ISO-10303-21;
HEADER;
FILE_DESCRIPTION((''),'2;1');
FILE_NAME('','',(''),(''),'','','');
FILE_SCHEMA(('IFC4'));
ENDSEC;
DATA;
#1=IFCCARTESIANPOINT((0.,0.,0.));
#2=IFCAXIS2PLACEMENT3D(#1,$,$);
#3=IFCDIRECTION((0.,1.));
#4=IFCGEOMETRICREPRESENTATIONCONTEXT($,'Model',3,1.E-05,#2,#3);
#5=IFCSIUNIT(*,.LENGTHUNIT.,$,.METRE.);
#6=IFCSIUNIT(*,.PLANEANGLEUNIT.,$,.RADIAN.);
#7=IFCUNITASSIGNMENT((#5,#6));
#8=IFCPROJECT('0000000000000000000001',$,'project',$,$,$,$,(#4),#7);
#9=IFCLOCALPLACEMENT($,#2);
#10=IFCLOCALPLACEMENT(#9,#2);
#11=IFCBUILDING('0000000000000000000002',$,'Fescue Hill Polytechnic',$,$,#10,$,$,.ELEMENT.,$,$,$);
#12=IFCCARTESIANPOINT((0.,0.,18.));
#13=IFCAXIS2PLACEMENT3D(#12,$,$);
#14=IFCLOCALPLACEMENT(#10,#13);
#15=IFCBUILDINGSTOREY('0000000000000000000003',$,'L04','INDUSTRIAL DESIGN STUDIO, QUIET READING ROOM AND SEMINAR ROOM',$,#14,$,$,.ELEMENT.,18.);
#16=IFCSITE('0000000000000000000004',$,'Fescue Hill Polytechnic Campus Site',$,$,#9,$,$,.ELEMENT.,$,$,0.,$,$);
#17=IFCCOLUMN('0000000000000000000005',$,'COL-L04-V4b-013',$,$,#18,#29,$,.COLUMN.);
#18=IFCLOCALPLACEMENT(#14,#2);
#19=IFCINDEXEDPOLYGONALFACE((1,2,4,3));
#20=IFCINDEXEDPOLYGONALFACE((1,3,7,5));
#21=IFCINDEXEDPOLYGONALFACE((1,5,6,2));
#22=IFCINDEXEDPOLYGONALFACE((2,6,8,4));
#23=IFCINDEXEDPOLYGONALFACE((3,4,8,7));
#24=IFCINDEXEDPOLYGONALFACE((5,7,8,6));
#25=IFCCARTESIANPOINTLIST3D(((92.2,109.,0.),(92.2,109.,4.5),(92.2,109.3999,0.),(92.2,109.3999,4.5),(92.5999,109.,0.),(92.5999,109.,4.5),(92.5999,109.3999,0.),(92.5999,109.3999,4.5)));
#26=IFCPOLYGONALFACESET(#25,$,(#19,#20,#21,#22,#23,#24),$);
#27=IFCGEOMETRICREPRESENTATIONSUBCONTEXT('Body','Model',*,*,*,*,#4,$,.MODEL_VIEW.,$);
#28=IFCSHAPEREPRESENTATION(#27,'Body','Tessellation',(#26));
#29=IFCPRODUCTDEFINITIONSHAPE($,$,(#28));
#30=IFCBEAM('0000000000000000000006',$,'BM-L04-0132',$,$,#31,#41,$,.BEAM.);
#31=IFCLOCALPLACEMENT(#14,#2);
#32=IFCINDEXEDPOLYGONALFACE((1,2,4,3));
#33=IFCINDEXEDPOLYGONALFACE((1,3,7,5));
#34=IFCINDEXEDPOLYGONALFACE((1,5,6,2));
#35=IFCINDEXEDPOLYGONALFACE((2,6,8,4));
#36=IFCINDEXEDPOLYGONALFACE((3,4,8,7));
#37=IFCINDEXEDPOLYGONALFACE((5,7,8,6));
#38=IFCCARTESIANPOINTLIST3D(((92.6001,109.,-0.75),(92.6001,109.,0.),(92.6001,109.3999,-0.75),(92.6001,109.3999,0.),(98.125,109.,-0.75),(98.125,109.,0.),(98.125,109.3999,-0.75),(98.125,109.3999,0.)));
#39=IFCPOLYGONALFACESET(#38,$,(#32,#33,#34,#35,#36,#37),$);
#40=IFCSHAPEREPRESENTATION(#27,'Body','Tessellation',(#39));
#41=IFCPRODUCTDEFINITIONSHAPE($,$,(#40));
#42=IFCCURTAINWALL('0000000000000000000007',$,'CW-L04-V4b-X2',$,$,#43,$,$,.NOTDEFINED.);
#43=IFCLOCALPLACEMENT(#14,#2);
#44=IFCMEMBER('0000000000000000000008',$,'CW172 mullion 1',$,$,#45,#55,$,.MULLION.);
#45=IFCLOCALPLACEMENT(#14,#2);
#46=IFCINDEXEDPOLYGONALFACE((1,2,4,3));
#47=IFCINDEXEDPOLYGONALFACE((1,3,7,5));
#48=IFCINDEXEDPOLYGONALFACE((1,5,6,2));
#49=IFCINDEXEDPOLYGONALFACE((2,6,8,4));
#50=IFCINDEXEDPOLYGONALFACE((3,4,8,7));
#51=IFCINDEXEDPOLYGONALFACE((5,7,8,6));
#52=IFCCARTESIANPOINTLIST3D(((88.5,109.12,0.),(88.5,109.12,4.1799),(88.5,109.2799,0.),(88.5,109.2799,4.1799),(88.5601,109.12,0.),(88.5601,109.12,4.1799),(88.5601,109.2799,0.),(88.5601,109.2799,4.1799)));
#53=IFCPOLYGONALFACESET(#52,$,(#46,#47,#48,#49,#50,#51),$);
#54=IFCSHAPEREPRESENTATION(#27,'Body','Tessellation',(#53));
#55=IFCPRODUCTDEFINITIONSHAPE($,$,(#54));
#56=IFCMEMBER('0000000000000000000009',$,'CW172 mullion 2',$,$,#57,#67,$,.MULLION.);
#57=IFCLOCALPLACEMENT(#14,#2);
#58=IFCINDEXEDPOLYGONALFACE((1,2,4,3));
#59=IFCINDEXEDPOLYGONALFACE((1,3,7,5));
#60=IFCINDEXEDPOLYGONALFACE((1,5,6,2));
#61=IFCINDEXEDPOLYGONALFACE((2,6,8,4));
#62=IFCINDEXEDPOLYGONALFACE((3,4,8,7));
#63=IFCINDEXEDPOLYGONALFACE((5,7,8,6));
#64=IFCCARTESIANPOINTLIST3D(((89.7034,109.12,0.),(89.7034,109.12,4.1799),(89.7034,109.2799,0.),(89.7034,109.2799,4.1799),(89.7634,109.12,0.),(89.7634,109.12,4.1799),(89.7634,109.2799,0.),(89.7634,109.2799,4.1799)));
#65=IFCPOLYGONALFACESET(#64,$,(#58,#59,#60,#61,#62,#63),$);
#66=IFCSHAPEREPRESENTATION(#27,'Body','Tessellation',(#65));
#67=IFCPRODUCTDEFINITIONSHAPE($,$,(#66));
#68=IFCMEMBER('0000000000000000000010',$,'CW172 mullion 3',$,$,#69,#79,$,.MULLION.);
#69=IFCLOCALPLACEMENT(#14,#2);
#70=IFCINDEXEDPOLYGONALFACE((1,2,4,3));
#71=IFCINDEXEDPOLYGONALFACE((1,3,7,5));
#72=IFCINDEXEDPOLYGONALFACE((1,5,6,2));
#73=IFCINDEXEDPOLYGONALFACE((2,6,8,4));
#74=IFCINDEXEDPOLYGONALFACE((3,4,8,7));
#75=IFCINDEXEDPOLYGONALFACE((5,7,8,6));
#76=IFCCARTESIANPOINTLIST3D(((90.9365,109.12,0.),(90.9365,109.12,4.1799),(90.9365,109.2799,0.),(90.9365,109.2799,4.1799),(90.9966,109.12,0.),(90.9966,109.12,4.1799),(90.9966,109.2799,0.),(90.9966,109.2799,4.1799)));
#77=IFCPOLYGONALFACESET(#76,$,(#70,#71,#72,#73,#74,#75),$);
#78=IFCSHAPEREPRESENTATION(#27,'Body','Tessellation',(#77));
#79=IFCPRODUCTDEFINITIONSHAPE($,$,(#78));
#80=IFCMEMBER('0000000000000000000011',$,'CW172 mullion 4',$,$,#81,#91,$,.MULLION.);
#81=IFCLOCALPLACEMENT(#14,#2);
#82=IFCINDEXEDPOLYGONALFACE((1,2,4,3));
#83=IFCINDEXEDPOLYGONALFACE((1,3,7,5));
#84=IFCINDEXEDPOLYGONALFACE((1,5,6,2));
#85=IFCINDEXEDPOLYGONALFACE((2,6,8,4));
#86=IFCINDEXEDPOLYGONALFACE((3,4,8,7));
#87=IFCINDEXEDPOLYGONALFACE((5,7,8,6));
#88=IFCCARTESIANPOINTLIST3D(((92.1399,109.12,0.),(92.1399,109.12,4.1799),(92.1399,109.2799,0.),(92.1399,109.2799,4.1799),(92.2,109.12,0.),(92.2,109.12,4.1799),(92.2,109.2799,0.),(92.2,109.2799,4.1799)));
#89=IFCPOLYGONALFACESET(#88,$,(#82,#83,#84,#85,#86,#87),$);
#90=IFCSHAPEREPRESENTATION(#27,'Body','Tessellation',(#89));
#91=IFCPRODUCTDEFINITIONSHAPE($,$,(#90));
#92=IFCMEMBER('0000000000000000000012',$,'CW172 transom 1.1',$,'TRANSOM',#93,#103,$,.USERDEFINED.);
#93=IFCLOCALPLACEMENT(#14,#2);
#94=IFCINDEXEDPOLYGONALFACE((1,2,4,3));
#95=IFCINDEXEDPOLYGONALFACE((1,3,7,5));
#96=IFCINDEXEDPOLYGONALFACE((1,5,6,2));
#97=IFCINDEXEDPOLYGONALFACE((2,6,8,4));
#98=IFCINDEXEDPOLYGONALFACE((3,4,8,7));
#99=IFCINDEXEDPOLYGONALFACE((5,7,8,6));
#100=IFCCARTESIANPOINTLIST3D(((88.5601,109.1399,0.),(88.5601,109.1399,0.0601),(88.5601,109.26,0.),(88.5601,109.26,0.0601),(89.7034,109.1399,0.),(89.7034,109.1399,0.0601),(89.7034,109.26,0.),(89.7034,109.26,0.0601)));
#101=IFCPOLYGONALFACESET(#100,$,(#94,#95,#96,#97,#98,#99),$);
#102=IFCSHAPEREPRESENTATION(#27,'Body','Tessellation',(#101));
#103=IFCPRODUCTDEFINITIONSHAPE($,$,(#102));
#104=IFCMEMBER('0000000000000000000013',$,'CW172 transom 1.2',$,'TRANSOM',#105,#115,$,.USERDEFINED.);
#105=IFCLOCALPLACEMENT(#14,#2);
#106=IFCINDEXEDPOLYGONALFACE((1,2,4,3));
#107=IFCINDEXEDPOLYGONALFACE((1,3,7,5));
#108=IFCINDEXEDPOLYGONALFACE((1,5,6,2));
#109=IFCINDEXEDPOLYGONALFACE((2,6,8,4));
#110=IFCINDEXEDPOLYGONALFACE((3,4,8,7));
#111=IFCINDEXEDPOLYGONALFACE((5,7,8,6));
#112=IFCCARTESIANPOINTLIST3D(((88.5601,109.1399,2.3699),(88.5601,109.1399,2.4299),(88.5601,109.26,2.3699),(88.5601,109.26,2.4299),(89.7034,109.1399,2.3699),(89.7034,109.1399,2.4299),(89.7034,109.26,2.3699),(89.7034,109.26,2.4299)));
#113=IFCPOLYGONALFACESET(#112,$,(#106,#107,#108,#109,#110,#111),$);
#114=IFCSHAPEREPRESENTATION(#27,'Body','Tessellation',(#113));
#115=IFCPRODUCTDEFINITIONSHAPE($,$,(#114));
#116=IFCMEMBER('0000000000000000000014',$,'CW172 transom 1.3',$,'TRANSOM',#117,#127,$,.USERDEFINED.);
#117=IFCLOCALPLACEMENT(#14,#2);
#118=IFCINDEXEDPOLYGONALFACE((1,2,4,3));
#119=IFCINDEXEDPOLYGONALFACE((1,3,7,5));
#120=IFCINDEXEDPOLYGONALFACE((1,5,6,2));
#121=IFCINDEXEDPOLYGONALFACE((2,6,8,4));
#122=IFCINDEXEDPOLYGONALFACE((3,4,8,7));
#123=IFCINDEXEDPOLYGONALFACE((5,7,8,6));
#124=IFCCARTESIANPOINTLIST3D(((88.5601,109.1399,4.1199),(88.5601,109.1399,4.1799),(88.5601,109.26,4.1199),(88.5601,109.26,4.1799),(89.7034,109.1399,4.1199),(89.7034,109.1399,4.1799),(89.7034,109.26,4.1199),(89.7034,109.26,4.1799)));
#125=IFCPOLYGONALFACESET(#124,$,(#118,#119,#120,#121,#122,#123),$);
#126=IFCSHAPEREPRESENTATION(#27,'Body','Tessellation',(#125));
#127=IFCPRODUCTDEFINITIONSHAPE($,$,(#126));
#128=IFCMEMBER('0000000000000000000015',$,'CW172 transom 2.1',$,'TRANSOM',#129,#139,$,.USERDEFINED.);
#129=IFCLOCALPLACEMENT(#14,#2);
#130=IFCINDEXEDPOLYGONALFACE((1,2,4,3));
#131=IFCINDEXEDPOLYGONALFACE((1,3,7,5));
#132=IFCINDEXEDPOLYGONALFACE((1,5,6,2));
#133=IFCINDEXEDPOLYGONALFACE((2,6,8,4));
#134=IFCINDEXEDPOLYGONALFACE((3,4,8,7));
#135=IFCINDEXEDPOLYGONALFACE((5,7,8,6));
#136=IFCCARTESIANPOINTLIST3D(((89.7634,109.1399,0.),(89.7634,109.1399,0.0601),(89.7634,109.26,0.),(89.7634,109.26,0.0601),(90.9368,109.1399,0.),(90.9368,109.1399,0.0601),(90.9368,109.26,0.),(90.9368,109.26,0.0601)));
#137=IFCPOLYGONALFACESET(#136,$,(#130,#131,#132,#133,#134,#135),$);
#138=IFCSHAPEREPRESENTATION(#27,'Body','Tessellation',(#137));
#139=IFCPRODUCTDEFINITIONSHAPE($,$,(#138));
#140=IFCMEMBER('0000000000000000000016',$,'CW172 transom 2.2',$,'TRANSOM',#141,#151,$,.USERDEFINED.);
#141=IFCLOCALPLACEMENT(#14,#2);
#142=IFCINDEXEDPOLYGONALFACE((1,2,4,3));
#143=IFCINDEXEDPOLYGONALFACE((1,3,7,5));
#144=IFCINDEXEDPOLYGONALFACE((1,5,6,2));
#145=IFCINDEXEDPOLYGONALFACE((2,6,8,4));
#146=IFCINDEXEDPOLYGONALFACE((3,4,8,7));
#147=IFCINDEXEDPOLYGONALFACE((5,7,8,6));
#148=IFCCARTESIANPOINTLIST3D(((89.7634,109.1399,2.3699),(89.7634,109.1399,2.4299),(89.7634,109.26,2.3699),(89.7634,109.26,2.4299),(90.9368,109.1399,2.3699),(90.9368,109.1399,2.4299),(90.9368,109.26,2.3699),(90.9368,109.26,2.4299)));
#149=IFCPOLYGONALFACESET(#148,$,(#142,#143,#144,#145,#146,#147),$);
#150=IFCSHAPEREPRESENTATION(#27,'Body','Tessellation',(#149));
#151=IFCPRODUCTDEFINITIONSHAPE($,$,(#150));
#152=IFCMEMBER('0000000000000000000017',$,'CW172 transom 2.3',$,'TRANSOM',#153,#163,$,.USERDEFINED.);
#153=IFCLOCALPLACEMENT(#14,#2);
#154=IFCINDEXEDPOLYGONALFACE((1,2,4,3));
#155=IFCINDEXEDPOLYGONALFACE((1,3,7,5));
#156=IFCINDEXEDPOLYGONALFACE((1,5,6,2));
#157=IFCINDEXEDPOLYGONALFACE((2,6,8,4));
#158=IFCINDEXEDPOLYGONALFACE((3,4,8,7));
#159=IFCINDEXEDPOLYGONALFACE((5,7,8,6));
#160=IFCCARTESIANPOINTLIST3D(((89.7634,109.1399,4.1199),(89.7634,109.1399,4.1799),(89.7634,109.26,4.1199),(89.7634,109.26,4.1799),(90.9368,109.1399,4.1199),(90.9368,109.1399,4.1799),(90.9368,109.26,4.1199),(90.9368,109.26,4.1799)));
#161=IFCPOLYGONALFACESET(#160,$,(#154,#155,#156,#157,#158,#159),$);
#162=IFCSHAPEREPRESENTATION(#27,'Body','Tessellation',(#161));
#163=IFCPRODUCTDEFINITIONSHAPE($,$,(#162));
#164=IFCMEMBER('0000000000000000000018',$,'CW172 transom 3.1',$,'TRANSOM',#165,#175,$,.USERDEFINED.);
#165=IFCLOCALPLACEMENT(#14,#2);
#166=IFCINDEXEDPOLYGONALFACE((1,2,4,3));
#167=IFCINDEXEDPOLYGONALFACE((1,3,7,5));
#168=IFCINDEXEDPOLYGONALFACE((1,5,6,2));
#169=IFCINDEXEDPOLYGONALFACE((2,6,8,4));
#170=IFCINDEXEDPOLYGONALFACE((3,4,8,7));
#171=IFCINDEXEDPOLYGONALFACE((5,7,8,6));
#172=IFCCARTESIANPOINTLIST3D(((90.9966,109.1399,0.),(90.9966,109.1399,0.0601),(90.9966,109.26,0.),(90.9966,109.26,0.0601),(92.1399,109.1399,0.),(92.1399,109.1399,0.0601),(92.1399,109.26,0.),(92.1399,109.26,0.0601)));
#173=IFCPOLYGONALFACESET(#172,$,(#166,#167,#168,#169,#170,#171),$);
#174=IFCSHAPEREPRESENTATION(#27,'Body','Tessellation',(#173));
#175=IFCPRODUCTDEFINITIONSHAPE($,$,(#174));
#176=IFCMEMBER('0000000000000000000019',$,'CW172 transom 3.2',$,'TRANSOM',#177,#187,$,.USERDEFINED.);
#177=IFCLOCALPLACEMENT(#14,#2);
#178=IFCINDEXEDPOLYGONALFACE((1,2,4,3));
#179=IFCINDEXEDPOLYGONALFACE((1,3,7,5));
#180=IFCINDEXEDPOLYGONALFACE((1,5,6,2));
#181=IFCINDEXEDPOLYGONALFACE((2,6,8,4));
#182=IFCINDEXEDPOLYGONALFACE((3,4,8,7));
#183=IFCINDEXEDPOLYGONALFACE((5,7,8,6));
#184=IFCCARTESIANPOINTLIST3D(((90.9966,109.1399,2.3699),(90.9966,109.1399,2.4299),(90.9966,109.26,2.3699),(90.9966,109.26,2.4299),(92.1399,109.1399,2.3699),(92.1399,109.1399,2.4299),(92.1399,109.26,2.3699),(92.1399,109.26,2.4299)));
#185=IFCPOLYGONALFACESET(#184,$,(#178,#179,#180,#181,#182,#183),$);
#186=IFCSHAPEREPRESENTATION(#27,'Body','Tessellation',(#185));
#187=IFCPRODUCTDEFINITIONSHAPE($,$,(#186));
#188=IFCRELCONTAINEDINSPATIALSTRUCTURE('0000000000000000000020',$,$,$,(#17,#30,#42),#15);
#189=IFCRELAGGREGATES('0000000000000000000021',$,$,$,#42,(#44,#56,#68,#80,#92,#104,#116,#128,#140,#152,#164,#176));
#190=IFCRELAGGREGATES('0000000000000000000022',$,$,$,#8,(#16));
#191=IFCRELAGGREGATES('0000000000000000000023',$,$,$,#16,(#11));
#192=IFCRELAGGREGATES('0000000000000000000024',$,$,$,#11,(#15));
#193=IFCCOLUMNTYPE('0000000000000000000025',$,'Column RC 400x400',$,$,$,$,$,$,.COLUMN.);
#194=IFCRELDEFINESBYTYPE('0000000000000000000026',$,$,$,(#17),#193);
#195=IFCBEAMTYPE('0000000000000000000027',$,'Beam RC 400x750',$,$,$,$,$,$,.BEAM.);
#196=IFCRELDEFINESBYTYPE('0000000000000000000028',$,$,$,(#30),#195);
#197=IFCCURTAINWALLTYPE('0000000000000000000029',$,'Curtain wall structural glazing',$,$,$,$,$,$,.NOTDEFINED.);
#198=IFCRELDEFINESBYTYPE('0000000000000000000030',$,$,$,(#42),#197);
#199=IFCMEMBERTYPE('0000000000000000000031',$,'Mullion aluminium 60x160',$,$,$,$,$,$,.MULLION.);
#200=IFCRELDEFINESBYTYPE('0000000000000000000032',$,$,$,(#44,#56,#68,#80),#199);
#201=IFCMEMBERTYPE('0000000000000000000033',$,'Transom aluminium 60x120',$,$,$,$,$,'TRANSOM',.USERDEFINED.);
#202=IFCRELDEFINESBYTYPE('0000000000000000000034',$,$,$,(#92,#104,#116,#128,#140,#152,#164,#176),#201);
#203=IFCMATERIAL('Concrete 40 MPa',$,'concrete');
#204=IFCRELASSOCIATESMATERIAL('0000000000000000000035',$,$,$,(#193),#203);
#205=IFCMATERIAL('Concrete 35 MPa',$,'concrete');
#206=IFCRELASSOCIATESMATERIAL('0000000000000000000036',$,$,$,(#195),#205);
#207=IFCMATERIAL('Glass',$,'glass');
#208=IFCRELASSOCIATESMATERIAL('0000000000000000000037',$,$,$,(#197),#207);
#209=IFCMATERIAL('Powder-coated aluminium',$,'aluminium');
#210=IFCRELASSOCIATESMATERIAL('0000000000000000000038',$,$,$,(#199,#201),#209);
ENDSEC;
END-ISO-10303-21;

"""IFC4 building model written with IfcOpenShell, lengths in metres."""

from ifc_helpers import new_model, si_unit, direction, frame, origin, origin_2d, place, context, subcontext, project, spatial, rectangle, extrude, material, material_profile, profile_set, type_object, element, aggregate, save


model = new_model("IFC4")

# Units and contexts
model_context = context("Model", 3, precision=1e-05, world=origin(), true_north=direction((0.0, 1.0)))
body_context = subcontext(model_context, "Body", "Model", "MODEL_VIEW")
ifc_project = project(units=[si_unit("LENGTHUNIT", "METRE"), si_unit("PLANEANGLEUNIT", "RADIAN")], contexts=[model_context])

# Site, building, storey
site_placement = place(None, origin())
site = spatial("IfcSite", under=ifc_project, at=site_placement, Name="Fescue Hill Polytechnic Campus Site", CompositionType="ELEMENT", RefElevation=0.0)
building_placement = place(site_placement, origin())
building = spatial("IfcBuilding", under=site, at=building_placement, Name="Fescue Hill Polytechnic", CompositionType="ELEMENT")
storey_placement = place(building_placement, frame((0.0, 0.0, 18.0)))
storey = spatial("IfcBuildingStorey", under=building, at=storey_placement, Name="L04", Description="INDUSTRIAL DESIGN STUDIO, QUIET READING ROOM AND SEMINAR ROOM", CompositionType="ELEMENT", Elevation=18.0)

# Column
ifc_material_1 = material(Name="Concrete 40 MPa", Category="concrete")
ifc_material_profile_1 = material_profile(ifc_material_1, rectangle(XDim=0.3999, YDim=0.3999, at=origin_2d()), Name="RC 400x400")
ifc_profile_set_1 = profile_set([ifc_material_profile_1], Name="Concrete 40 MPa")
column_type = type_object("IfcColumnType", Name="Column RC 400x400", PredefinedType="COLUMN", material=ifc_profile_set_1)
column_placement = place(storey_placement, frame((92.3999, 109.2, 0.0), z_axis=(0.0, 0.0, 1.0), x_axis=(1.0, 0.0, 0.0)))
element("IfcColumn", 1, at=column_placement, inside=storey, type_object=column_type, Name="COL-L04-V4b-013", PredefinedType="COLUMN", context=body_context, shape_type="SweptSolid", body=[
    extrude(rectangle(XDim=0.3999, YDim=0.3999, at=origin_2d()), origin(), (0.0, 0.0, 1.0), 4.5),
])

# Beam
ifc_material_2 = material(Name="Concrete 35 MPa", Category="concrete")
ifc_material_profile_2 = material_profile(ifc_material_2, rectangle(XDim=0.3999, YDim=0.75, at=origin_2d()), Name="RC 400x750")
ifc_profile_set_2 = profile_set([ifc_material_profile_2], Name="Concrete 35 MPa")
beam_type = type_object("IfcBeamType", Name="Beam RC 400x750", PredefinedType="BEAM", material=ifc_profile_set_2)
beam_placement = place(storey_placement, frame((92.6001, 109.2, -0.375), z_axis=(1.0, 0.0, 0.0), x_axis=(0.0, 1.0, 0.0)))
element("IfcBeam", 2, at=beam_placement, inside=storey, type_object=beam_type, Name="BM-L04-0132", PredefinedType="BEAM", context=body_context, shape_type="SweptSolid", body=[
    extrude(rectangle(XDim=0.3999, YDim=0.75, at=origin_2d()), origin(), (0.0, 0.0, 1.0), 5.5249),
])

# Curtain wall, members
ifc_material_3 = material(Name="Glass", Category="glass")
curtain_wall_type = type_object("IfcCurtainWallType", Name="Curtain wall structural glazing", PredefinedType="NOTDEFINED", material=ifc_material_3)
curtain_wall_placement = place(storey_placement, origin())
curtain_wall = element("IfcCurtainWall", 3, at=curtain_wall_placement, inside=storey, type_object=curtain_wall_type, Name="CW-L04-V4b-X2", PredefinedType="NOTDEFINED")
ifc_material_4 = material(Name="Powder-coated aluminium", Category="aluminium")
ifc_material_profile_3 = material_profile(ifc_material_4, rectangle(XDim=0.1599, YDim=0.0601, at=origin_2d()), Name="Mullion aluminium 60x160")
ifc_profile_set_3 = profile_set([ifc_material_profile_3], Name="Powder-coated aluminium")
member_type_1 = type_object("IfcMemberType", Name="Mullion aluminium 60x160", PredefinedType="MULLION", material=ifc_profile_set_3)
member_1_placement = place(storey_placement, frame((88.53, 109.2, 0.0), z_axis=(0.0, 0.0, 1.0), x_axis=(0.0, 1.0, 0.0)))
member_1 = element("IfcMember", 4, at=member_1_placement, type_object=member_type_1, Name="CW172 mullion 1", PredefinedType="MULLION", context=body_context, shape_type="SweptSolid", body=[
    extrude(rectangle(XDim=0.1599, YDim=0.0601, at=origin_2d()), origin(), (0.0, 0.0, 1.0), 4.1799),
])
member_2_placement = place(storey_placement, frame((89.7334, 109.2, 0.0), z_axis=(0.0, 0.0, 1.0), x_axis=(0.0, 1.0, 0.0)))
member_2 = element("IfcMember", 5, at=member_2_placement, type_object=member_type_1, Name="CW172 mullion 2", PredefinedType="MULLION", context=body_context, shape_type="SweptSolid", body=[
    extrude(rectangle(XDim=0.1599, YDim=0.0601, at=origin_2d()), origin(), (0.0, 0.0, 1.0), 4.1799),
])
member_3_placement = place(storey_placement, frame((90.9666, 109.2, 0.0), z_axis=(0.0, 0.0, 1.0), x_axis=(0.0, 1.0, 0.0)))
member_3 = element("IfcMember", 6, at=member_3_placement, type_object=member_type_1, Name="CW172 mullion 3", PredefinedType="MULLION", context=body_context, shape_type="SweptSolid", body=[
    extrude(rectangle(XDim=0.1599, YDim=0.0601, at=origin_2d()), origin(), (0.0, 0.0, 1.0), 4.1799),
])
member_4_placement = place(storey_placement, frame((92.1699, 109.2, 0.0), z_axis=(0.0, 0.0, 1.0), x_axis=(0.0, 1.0, 0.0)))
member_4 = element("IfcMember", 7, at=member_4_placement, type_object=member_type_1, Name="CW172 mullion 4", PredefinedType="MULLION", context=body_context, shape_type="SweptSolid", body=[
    extrude(rectangle(XDim=0.1599, YDim=0.0601, at=origin_2d()), origin(), (0.0, 0.0, 1.0), 4.1799),
])
ifc_material_profile_4 = material_profile(ifc_material_4, rectangle(XDim=0.1201, YDim=0.0601, at=origin_2d()), Name="Transom aluminium 60x120")
ifc_profile_set_4 = profile_set([ifc_material_profile_4], Name="Powder-coated aluminium")
member_type_2 = type_object("IfcMemberType", Name="Transom aluminium 60x120", ElementType="TRANSOM", PredefinedType="USERDEFINED", material=ifc_profile_set_4)
member_5_placement = place(storey_placement, frame((88.5601, 109.2, 0.03), z_axis=(1.0, 0.0, 0.0), x_axis=(0.0, 1.0, 0.0)))
member_5 = element("IfcMember", 8, at=member_5_placement, type_object=member_type_2, Name="CW172 transom 1.1", ObjectType="TRANSOM", PredefinedType="USERDEFINED", context=body_context, shape_type="SweptSolid", body=[
    extrude(rectangle(XDim=0.1201, YDim=0.0601, at=origin_2d()), origin(), (0.0, 0.0, 1.0), 1.1433),
])
member_6_placement = place(storey_placement, frame((88.5601, 109.2, 2.3999), z_axis=(1.0, 0.0, 0.0), x_axis=(0.0, 1.0, 0.0)))
member_6 = element("IfcMember", 9, at=member_6_placement, type_object=member_type_2, Name="CW172 transom 1.2", ObjectType="TRANSOM", PredefinedType="USERDEFINED", context=body_context, shape_type="SweptSolid", body=[
    extrude(rectangle(XDim=0.1201, YDim=0.0601, at=origin_2d()), origin(), (0.0, 0.0, 1.0), 1.1433),
])
member_7_placement = place(storey_placement, frame((88.5601, 109.2, 4.1499), z_axis=(1.0, 0.0, 0.0), x_axis=(0.0, 1.0, 0.0)))
member_7 = element("IfcMember", 10, at=member_7_placement, type_object=member_type_2, Name="CW172 transom 1.3", ObjectType="TRANSOM", PredefinedType="USERDEFINED", context=body_context, shape_type="SweptSolid", body=[
    extrude(rectangle(XDim=0.1201, YDim=0.0601, at=origin_2d()), origin(), (0.0, 0.0, 1.0), 1.1433),
])
member_8_placement = place(storey_placement, frame((89.7634, 109.2, 0.03), z_axis=(1.0, 0.0, 0.0), x_axis=(0.0, 1.0, 0.0)))
member_8 = element("IfcMember", 11, at=member_8_placement, type_object=member_type_2, Name="CW172 transom 2.1", ObjectType="TRANSOM", PredefinedType="USERDEFINED", context=body_context, shape_type="SweptSolid", body=[
    extrude(rectangle(XDim=0.1201, YDim=0.0601, at=origin_2d()), origin(), (0.0, 0.0, 1.0), 1.1733),
])
member_9_placement = place(storey_placement, frame((89.7634, 109.2, 2.3999), z_axis=(1.0, 0.0, 0.0), x_axis=(0.0, 1.0, 0.0)))
member_9 = element("IfcMember", 12, at=member_9_placement, type_object=member_type_2, Name="CW172 transom 2.2", ObjectType="TRANSOM", PredefinedType="USERDEFINED", context=body_context, shape_type="SweptSolid", body=[
    extrude(rectangle(XDim=0.1201, YDim=0.0601, at=origin_2d()), origin(), (0.0, 0.0, 1.0), 1.1733),
])
member_10_placement = place(storey_placement, frame((89.7634, 109.2, 4.1499), z_axis=(1.0, 0.0, 0.0), x_axis=(0.0, 1.0, 0.0)))
member_10 = element("IfcMember", 13, at=member_10_placement, type_object=member_type_2, Name="CW172 transom 2.3", ObjectType="TRANSOM", PredefinedType="USERDEFINED", context=body_context, shape_type="SweptSolid", body=[
    extrude(rectangle(XDim=0.1201, YDim=0.0601, at=origin_2d()), origin(), (0.0, 0.0, 1.0), 1.1733),
])
member_11_placement = place(storey_placement, frame((90.9966, 109.2, 0.03), z_axis=(1.0, 0.0, 0.0), x_axis=(0.0, 1.0, 0.0)))
member_11 = element("IfcMember", 14, at=member_11_placement, type_object=member_type_2, Name="CW172 transom 3.1", ObjectType="TRANSOM", PredefinedType="USERDEFINED", context=body_context, shape_type="SweptSolid", body=[
    extrude(rectangle(XDim=0.1201, YDim=0.0601, at=origin_2d()), origin(), (0.0, 0.0, 1.0), 1.1433),
])
member_12_placement = place(storey_placement, frame((90.9966, 109.2, 2.3999), z_axis=(1.0, 0.0, 0.0), x_axis=(0.0, 1.0, 0.0)))
member_12 = element("IfcMember", 15, at=member_12_placement, type_object=member_type_2, Name="CW172 transom 3.2", ObjectType="TRANSOM", PredefinedType="USERDEFINED", context=body_context, shape_type="SweptSolid", body=[
    extrude(rectangle(XDim=0.1201, YDim=0.0601, at=origin_2d()), origin(), (0.0, 0.0, 1.0), 1.1433),
])
aggregate(curtain_wall, [member_1, member_2, member_3, member_4, member_5, member_6, member_7, member_8, member_9, member_10, member_11, member_12])

save(model, "model.ifc")
